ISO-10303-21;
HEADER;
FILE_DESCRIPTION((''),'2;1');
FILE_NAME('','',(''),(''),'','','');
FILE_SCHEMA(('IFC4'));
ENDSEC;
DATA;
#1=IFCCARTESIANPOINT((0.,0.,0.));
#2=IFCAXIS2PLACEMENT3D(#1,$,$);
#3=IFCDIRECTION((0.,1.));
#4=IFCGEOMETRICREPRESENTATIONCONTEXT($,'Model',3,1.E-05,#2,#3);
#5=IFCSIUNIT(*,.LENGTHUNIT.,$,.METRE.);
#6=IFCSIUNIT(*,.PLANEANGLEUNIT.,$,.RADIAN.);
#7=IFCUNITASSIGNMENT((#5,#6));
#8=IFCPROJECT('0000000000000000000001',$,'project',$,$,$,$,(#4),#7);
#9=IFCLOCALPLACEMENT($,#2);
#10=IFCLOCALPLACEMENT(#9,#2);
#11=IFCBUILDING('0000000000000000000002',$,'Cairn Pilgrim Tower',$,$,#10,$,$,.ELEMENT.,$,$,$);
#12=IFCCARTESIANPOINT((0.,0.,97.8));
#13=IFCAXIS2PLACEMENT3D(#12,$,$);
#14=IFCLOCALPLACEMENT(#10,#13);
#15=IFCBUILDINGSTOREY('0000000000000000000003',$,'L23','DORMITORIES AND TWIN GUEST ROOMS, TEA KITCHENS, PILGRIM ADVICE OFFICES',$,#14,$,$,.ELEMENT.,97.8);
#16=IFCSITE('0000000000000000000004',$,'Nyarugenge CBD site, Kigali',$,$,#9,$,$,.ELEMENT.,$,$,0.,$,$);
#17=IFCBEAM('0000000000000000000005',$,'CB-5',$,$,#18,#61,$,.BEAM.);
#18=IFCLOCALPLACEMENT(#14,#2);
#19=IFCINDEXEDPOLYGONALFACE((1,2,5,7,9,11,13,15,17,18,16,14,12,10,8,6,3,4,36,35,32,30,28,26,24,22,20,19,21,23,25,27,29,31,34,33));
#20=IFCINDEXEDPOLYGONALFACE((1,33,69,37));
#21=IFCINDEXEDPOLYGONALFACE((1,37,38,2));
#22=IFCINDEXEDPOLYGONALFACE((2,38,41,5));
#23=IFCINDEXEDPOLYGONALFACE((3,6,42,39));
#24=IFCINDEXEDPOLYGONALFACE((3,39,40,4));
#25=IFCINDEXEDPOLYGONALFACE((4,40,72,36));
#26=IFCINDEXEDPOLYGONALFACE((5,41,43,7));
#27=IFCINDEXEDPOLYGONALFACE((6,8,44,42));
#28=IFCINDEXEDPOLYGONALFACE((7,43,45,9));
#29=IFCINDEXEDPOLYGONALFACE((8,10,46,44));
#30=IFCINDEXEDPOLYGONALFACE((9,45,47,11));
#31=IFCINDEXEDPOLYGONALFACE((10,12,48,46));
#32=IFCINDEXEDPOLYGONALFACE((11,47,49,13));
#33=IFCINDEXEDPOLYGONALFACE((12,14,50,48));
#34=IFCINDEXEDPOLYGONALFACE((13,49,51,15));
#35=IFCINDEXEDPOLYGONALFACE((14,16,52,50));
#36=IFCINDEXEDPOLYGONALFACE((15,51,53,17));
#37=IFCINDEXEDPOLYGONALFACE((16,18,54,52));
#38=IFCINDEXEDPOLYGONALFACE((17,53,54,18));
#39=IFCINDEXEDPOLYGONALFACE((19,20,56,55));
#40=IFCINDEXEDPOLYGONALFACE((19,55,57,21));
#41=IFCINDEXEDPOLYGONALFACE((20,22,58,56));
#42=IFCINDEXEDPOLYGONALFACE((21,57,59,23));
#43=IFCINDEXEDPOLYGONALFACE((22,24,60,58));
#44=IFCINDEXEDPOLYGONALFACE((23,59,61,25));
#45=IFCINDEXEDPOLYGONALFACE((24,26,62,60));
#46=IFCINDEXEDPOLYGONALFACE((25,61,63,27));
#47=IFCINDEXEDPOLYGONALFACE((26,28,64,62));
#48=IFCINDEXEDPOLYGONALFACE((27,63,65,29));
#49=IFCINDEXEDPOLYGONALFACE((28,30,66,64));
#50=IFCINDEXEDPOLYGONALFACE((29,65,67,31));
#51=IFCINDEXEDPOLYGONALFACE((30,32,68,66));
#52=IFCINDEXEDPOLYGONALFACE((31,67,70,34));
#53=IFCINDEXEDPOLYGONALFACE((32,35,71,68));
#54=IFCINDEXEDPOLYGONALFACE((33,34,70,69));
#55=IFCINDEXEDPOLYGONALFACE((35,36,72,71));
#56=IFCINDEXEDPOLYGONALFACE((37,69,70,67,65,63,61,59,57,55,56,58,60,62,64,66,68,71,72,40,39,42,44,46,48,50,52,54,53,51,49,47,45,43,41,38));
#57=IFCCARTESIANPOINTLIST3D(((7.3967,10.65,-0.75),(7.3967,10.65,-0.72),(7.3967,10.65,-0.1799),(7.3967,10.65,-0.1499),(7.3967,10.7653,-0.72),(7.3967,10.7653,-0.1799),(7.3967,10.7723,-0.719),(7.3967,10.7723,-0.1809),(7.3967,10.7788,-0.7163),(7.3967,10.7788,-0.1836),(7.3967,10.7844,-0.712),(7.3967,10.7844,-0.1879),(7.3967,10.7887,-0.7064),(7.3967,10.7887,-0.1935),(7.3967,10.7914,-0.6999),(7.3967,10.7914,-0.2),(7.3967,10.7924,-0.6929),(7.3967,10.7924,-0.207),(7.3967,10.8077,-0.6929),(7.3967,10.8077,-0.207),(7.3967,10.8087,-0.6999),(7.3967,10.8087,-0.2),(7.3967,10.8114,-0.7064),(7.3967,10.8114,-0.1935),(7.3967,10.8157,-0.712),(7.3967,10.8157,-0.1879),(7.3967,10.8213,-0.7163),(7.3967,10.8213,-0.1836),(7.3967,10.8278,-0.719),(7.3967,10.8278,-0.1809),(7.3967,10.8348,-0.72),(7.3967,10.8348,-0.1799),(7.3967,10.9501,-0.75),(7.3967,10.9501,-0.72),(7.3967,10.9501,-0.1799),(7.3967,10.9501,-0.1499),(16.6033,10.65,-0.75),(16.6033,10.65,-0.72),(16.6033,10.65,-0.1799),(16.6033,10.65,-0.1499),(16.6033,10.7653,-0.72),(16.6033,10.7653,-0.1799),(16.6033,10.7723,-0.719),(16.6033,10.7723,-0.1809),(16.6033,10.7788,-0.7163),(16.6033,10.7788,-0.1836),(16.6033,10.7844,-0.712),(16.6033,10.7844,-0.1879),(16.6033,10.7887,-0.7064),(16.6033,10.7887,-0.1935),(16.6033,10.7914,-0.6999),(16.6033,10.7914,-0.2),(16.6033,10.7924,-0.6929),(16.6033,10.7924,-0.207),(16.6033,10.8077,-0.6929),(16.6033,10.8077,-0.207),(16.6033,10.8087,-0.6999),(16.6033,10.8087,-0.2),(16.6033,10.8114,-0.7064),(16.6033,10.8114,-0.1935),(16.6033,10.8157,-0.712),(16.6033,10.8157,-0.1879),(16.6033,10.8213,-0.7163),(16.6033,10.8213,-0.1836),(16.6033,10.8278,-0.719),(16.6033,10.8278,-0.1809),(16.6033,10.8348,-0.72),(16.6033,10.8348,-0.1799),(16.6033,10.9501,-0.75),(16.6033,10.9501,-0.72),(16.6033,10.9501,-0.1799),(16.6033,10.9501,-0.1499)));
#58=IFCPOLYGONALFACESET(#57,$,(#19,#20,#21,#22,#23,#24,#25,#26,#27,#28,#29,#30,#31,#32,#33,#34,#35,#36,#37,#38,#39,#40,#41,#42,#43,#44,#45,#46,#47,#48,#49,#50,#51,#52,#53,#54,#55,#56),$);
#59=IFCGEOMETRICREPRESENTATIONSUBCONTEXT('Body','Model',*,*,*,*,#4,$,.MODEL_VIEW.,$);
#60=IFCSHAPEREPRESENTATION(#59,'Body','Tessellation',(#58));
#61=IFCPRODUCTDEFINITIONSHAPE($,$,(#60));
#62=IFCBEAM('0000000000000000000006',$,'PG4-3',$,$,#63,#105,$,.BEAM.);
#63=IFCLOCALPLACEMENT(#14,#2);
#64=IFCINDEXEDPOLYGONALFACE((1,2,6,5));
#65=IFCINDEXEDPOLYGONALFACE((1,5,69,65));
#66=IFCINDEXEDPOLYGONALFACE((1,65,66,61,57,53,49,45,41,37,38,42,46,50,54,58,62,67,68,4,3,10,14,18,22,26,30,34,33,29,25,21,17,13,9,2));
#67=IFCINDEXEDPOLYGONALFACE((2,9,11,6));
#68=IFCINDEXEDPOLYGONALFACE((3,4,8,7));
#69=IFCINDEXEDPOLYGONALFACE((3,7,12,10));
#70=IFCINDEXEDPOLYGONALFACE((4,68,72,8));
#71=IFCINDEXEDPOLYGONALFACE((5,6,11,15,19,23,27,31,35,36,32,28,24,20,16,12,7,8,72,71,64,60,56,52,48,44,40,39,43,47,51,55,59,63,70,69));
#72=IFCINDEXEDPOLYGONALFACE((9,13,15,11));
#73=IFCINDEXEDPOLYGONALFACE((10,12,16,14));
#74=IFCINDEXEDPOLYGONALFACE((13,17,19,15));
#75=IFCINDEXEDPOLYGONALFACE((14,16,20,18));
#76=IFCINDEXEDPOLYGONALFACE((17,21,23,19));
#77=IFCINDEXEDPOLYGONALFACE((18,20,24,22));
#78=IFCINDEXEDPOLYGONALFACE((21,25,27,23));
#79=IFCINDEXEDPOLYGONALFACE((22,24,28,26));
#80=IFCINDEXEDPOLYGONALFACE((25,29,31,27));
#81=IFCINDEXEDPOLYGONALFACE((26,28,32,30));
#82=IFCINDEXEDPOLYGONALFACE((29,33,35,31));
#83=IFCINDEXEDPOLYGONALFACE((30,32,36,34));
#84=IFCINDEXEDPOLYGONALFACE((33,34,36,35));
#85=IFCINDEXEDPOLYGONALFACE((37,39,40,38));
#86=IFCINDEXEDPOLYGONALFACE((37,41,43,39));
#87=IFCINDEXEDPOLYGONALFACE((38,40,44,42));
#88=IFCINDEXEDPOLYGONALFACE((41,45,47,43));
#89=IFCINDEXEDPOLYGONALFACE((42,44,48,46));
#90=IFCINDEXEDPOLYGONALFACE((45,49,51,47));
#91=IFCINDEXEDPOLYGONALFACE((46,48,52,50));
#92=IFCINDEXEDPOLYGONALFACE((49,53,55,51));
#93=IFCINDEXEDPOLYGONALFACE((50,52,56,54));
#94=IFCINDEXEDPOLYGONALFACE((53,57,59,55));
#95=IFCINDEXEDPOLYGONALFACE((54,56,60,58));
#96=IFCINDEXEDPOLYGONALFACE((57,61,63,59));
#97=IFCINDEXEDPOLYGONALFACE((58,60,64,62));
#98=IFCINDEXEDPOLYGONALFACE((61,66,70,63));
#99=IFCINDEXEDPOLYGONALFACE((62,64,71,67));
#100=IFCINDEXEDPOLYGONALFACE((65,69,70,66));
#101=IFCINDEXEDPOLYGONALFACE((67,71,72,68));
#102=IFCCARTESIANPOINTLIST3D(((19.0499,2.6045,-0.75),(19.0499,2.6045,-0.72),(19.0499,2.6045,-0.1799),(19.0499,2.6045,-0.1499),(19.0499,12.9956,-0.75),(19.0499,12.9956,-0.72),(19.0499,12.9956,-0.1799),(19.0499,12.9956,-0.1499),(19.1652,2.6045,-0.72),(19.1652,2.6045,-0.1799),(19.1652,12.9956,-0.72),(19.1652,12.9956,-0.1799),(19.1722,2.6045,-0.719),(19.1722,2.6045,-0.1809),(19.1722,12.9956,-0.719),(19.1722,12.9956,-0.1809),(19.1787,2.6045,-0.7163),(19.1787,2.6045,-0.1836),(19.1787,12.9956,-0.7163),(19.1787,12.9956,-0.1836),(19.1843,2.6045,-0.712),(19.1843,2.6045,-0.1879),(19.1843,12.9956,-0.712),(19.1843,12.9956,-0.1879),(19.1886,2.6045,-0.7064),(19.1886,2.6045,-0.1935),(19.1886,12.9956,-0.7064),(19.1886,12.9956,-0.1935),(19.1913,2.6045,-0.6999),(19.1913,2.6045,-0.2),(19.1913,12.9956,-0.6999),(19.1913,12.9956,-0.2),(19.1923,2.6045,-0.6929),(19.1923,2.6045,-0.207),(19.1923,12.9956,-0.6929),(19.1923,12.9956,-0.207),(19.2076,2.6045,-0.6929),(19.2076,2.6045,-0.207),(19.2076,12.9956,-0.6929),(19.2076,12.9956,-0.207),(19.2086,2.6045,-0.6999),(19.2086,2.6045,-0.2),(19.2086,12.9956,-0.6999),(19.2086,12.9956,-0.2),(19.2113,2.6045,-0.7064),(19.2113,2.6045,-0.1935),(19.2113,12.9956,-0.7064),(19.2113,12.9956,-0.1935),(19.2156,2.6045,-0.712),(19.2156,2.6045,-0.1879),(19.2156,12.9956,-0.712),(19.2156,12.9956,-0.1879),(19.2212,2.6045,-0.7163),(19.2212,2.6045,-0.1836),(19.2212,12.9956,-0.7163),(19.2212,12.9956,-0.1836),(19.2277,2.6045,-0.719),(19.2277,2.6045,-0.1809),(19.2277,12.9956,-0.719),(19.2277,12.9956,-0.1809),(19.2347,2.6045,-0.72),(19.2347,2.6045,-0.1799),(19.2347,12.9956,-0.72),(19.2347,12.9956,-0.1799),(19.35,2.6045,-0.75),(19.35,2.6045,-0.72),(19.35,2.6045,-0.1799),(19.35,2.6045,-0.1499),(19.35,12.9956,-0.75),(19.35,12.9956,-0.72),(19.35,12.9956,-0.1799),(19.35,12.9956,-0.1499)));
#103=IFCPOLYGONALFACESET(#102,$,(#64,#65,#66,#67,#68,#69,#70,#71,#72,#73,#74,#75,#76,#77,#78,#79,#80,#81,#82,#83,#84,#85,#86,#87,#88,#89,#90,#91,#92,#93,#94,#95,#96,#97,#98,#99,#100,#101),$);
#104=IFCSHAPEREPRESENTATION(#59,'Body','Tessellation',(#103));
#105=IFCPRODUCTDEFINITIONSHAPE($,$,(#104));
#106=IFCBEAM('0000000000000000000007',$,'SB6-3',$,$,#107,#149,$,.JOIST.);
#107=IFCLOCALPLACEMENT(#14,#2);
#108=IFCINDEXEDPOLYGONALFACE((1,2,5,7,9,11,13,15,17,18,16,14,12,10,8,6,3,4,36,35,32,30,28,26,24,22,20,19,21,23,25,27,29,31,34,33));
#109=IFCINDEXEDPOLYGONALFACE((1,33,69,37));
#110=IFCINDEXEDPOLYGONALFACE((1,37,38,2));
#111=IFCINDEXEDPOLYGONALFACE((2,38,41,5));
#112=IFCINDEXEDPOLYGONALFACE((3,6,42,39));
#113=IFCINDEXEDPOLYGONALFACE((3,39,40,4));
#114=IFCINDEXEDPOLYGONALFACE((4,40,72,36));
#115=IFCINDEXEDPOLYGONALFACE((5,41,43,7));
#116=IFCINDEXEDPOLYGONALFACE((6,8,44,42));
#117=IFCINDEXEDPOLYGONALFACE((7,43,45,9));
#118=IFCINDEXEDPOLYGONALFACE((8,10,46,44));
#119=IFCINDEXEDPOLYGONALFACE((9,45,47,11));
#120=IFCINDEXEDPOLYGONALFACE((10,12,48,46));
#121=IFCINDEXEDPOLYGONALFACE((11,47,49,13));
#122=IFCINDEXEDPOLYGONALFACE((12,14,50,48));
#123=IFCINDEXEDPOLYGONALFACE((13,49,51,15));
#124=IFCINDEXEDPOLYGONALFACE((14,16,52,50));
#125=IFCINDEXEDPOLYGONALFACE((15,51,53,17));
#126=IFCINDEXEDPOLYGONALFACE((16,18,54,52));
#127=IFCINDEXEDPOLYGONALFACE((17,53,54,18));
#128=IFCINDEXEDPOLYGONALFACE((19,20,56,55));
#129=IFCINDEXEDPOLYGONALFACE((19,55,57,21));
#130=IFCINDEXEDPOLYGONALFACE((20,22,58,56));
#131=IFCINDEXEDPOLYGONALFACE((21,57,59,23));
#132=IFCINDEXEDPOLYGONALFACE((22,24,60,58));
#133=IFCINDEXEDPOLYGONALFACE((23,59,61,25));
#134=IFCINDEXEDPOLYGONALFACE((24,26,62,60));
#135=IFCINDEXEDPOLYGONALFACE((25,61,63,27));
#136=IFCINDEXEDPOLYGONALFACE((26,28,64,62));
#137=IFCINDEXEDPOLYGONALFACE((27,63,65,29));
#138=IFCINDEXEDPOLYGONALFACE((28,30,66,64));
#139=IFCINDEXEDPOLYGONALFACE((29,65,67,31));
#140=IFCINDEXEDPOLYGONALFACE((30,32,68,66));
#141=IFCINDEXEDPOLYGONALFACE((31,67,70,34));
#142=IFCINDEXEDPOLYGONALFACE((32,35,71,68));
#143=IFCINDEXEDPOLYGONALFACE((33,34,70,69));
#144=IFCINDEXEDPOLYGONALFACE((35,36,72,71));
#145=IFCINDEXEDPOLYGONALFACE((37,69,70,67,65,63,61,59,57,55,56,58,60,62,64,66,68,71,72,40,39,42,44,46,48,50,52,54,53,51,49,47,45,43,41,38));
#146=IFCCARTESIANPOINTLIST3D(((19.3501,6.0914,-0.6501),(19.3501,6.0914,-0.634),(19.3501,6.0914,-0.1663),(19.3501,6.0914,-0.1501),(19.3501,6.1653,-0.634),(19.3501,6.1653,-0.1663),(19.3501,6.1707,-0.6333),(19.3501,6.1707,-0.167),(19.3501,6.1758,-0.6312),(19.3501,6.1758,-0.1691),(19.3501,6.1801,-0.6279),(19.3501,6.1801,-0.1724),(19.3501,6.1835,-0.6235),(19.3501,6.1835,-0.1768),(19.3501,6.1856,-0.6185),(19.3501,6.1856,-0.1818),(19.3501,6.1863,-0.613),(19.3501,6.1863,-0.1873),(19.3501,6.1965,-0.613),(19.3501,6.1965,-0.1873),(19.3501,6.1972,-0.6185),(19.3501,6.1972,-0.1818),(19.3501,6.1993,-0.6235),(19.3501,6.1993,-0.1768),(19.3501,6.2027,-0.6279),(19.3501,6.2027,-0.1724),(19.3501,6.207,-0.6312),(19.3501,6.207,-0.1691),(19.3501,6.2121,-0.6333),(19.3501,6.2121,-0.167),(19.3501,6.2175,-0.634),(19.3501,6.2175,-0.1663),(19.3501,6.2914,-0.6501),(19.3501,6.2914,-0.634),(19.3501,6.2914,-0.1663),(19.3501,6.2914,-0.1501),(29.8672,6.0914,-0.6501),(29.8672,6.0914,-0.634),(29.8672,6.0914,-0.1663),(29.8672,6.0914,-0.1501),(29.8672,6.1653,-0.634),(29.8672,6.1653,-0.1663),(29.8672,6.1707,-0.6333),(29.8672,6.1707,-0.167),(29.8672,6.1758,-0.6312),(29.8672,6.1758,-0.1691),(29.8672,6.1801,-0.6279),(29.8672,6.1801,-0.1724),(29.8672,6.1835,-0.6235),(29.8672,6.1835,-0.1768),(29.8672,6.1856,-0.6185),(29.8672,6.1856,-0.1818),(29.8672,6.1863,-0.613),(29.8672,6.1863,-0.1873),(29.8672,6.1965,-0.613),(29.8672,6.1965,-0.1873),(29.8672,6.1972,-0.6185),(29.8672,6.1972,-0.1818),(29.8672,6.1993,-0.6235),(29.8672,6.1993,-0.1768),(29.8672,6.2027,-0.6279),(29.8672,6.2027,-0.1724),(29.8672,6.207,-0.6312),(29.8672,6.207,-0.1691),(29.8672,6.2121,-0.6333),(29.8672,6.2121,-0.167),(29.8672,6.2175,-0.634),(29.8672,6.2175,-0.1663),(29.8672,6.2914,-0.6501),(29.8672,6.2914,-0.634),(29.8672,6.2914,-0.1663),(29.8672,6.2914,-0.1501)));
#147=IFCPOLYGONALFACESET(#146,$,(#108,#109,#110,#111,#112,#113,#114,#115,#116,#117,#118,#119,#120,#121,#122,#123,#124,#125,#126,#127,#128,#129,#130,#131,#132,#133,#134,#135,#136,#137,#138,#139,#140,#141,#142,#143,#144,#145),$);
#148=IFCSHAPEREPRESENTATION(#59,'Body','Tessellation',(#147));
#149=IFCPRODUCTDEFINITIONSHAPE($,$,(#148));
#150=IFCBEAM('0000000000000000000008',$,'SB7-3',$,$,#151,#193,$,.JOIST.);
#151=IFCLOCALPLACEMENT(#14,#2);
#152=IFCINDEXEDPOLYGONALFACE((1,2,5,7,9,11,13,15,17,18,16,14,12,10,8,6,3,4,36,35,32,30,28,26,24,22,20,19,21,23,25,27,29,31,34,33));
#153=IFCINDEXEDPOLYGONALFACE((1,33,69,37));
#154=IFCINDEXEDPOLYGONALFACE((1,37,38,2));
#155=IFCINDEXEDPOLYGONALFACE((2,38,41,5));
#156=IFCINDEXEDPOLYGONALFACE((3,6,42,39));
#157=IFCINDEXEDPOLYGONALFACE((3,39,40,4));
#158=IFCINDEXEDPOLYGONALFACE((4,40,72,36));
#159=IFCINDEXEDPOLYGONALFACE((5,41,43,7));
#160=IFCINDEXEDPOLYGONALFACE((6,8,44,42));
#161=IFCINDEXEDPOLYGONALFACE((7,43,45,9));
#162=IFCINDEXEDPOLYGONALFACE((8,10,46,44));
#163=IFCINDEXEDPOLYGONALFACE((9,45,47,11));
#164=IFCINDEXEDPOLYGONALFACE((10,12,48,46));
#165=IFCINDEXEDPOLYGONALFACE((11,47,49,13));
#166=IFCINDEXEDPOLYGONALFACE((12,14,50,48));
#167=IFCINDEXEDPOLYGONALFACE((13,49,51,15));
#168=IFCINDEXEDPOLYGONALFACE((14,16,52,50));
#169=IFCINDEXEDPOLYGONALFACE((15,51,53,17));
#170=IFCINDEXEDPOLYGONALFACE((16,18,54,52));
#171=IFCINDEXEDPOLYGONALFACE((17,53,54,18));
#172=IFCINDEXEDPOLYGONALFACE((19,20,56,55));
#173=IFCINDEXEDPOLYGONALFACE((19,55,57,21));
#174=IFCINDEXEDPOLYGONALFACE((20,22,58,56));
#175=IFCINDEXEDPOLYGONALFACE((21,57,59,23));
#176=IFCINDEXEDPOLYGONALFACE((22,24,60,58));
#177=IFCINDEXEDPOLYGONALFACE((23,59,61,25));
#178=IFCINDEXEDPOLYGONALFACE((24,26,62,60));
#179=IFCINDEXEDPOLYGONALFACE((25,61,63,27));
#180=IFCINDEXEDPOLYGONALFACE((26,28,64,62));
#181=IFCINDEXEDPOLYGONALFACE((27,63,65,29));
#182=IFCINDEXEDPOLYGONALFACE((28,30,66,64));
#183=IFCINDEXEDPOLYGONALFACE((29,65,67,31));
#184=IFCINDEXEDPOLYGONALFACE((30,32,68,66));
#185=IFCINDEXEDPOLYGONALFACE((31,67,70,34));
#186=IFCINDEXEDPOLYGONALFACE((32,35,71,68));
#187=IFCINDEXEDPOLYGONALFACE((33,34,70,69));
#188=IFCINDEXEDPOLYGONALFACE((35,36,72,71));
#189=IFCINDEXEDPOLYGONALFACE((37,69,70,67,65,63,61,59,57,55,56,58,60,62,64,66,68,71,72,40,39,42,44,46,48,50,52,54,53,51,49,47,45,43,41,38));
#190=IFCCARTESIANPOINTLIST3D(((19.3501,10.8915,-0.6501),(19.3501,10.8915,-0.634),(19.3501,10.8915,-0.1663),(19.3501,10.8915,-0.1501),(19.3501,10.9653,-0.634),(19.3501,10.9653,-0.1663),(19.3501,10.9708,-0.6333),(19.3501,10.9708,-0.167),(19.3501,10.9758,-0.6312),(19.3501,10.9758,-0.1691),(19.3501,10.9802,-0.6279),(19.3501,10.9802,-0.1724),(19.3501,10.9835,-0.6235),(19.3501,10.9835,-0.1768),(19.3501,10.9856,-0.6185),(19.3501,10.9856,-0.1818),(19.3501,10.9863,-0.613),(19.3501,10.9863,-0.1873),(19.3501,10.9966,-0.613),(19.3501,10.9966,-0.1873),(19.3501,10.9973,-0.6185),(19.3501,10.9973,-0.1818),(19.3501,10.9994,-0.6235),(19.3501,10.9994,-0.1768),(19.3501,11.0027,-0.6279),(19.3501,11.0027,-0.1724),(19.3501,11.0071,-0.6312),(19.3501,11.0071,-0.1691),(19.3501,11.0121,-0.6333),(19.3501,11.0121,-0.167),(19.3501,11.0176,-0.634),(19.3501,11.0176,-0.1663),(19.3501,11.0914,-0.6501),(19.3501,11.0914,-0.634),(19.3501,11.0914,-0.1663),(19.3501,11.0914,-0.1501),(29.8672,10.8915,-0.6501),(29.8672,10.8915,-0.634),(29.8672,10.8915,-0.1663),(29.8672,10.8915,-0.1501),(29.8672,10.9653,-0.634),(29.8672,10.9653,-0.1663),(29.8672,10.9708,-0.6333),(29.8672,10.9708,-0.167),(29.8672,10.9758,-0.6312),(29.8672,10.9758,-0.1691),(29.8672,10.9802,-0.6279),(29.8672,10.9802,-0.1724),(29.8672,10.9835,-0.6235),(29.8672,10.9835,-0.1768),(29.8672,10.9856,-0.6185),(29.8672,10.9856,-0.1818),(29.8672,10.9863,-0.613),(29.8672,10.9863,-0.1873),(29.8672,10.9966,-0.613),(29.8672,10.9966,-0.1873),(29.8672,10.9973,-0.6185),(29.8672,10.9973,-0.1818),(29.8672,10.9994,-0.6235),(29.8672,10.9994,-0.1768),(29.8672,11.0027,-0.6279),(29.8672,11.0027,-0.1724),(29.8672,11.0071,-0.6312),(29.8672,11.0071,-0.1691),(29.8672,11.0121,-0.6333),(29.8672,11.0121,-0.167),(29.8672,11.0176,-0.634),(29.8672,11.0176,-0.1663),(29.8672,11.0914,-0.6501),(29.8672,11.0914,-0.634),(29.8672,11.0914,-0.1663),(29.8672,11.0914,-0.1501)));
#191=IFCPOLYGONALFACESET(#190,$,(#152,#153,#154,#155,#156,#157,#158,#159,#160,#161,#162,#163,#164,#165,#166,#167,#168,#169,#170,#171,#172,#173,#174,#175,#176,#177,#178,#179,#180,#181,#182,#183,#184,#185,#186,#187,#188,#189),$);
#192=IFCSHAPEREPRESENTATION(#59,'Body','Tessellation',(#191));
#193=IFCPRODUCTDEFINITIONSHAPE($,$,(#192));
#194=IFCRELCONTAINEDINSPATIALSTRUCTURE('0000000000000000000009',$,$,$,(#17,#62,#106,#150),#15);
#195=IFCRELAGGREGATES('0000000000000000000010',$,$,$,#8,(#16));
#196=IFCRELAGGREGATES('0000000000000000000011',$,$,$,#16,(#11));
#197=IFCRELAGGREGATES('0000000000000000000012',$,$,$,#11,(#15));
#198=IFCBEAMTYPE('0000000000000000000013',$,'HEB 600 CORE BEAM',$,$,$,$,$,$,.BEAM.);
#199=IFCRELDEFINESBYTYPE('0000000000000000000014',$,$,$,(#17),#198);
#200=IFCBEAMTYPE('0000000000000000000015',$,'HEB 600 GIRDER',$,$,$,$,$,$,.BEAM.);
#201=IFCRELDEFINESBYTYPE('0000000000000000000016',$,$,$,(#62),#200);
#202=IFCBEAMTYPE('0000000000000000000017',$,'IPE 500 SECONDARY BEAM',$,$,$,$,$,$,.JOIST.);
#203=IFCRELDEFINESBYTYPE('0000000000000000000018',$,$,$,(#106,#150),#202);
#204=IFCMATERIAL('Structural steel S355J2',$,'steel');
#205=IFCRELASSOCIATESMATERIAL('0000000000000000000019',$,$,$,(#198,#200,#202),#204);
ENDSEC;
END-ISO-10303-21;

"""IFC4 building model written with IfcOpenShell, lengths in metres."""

from ifc_helpers import new_model, si_unit, direction, frame, origin, origin_2d, place, context, subcontext, project, spatial, i_section, extrude, material, material_profile, profile_set, type_object, element, save


model = new_model("IFC4")

# Units and contexts
model_context = context("Model", 3, precision=1e-05, world=origin(), true_north=direction((0.0, 1.0)))
body_context = subcontext(model_context, "Body", "Model", "MODEL_VIEW")
ifc_project = project(units=[si_unit("LENGTHUNIT", "METRE"), si_unit("PLANEANGLEUNIT", "RADIAN")], contexts=[model_context])

# Site, building, storey
site_placement = place(None, origin())
site = spatial("IfcSite", under=ifc_project, at=site_placement, Name="Nyarugenge CBD site, Kigali", CompositionType="ELEMENT", RefElevation=0.0)
building_placement = place(site_placement, origin())
building = spatial("IfcBuilding", under=site, at=building_placement, Name="Cairn Pilgrim Tower", CompositionType="ELEMENT")
storey_placement = place(building_placement, frame((0.0, 0.0, 97.8)))
storey = spatial("IfcBuildingStorey", under=building, at=storey_placement, Name="L23", Description="DORMITORIES AND TWIN GUEST ROOMS, TEA KITCHENS, PILGRIM ADVICE OFFICES", CompositionType="ELEMENT", Elevation=97.8)

# Beams
ifc_material_1 = material(Name="Structural steel S355J2", Category="steel")
ifc_material_profile_1 = material_profile(ifc_material_1, i_section(OverallWidth=0.3, OverallDepth=0.6001, WebThickness=0.0154, FlangeThickness=0.03, FilletRadius=0.0271, at=origin_2d()), Name="HEB 600")
ifc_profile_set_1 = profile_set([ifc_material_profile_1], Name="Structural steel S355J2")
beam_type_1 = type_object("IfcBeamType", Name="HEB 600 CORE BEAM", PredefinedType="BEAM", material=ifc_profile_set_1)
beam_1_placement = place(storey_placement, frame((16.6033, 10.8, -0.45), z_axis=(-1.0, 0.0, 0.0), x_axis=(0.0, -1.0, 0.0)))
element("IfcBeam", 1, at=beam_1_placement, inside=storey, type_object=beam_type_1, Name="CB-5", PredefinedType="BEAM", context=body_context, shape_type="SweptSolid", body=[
    extrude(i_section(OverallWidth=0.3, OverallDepth=0.6001, WebThickness=0.0154, FlangeThickness=0.03, FilletRadius=0.0271, at=origin_2d()), origin(), (0.0, 0.0, 1.0), 9.2065),
])
ifc_material_profile_2 = material_profile(ifc_material_1, i_section(OverallWidth=0.3, OverallDepth=0.6001, WebThickness=0.0154, FlangeThickness=0.03, FilletRadius=0.0271, at=origin_2d()), Name="HEB 600")
ifc_profile_set_2 = profile_set([ifc_material_profile_2], Name="Structural steel S355J2")
beam_type_2 = type_object("IfcBeamType", Name="HEB 600 GIRDER", PredefinedType="BEAM", material=ifc_profile_set_2)
beam_2_placement = place(storey_placement, frame((19.2, 2.6045, -0.45), z_axis=(0.0, 1.0, 0.0), x_axis=(-1.0, 0.0, 0.0)))
element("IfcBeam", 2, at=beam_2_placement, inside=storey, type_object=beam_type_2, Name="PG4-3", PredefinedType="BEAM", context=body_context, shape_type="SweptSolid", body=[
    extrude(i_section(OverallWidth=0.3, OverallDepth=0.6001, WebThickness=0.0154, FlangeThickness=0.03, FilletRadius=0.0271, at=origin_2d()), origin(), (0.0, 0.0, 1.0), 10.3911),
])
ifc_material_profile_3 = material_profile(ifc_material_1, i_section(OverallWidth=0.2, OverallDepth=0.5, WebThickness=0.0103, FlangeThickness=0.0161, FilletRadius=0.021, at=origin_2d()), Name="IPE 500")
ifc_profile_set_3 = profile_set([ifc_material_profile_3], Name="Structural steel S355J2")
beam_type_3 = type_object("IfcBeamType", Name="IPE 500 SECONDARY BEAM", PredefinedType="JOIST", material=ifc_profile_set_3)
for number, where, z_axis, x_axis, name in (
    (3, (19.3501, 6.1914, -0.4001), (1.0, 0.0, 0.0), (0.0, 1.0, 0.0), "SB6-3"),
    (4, (19.3501, 10.9915, -0.4001), (1.0, 0.0, 0.0), (0.0, 1.0, 0.0), "SB7-3"),
):
    element("IfcBeam", number, at=place(storey_placement, frame(where, z_axis=z_axis, x_axis=x_axis)), inside=storey, type_object=beam_type_3, Name=name, PredefinedType="JOIST", context=body_context, shape_type="SweptSolid", body=[
        extrude(i_section(OverallWidth=0.2, OverallDepth=0.5, WebThickness=0.0103, FlangeThickness=0.0161, FilletRadius=0.021, at=origin_2d()), origin(), (0.0, 0.0, 1.0), 10.5171),
    ])

save(model, "model.ifc")
